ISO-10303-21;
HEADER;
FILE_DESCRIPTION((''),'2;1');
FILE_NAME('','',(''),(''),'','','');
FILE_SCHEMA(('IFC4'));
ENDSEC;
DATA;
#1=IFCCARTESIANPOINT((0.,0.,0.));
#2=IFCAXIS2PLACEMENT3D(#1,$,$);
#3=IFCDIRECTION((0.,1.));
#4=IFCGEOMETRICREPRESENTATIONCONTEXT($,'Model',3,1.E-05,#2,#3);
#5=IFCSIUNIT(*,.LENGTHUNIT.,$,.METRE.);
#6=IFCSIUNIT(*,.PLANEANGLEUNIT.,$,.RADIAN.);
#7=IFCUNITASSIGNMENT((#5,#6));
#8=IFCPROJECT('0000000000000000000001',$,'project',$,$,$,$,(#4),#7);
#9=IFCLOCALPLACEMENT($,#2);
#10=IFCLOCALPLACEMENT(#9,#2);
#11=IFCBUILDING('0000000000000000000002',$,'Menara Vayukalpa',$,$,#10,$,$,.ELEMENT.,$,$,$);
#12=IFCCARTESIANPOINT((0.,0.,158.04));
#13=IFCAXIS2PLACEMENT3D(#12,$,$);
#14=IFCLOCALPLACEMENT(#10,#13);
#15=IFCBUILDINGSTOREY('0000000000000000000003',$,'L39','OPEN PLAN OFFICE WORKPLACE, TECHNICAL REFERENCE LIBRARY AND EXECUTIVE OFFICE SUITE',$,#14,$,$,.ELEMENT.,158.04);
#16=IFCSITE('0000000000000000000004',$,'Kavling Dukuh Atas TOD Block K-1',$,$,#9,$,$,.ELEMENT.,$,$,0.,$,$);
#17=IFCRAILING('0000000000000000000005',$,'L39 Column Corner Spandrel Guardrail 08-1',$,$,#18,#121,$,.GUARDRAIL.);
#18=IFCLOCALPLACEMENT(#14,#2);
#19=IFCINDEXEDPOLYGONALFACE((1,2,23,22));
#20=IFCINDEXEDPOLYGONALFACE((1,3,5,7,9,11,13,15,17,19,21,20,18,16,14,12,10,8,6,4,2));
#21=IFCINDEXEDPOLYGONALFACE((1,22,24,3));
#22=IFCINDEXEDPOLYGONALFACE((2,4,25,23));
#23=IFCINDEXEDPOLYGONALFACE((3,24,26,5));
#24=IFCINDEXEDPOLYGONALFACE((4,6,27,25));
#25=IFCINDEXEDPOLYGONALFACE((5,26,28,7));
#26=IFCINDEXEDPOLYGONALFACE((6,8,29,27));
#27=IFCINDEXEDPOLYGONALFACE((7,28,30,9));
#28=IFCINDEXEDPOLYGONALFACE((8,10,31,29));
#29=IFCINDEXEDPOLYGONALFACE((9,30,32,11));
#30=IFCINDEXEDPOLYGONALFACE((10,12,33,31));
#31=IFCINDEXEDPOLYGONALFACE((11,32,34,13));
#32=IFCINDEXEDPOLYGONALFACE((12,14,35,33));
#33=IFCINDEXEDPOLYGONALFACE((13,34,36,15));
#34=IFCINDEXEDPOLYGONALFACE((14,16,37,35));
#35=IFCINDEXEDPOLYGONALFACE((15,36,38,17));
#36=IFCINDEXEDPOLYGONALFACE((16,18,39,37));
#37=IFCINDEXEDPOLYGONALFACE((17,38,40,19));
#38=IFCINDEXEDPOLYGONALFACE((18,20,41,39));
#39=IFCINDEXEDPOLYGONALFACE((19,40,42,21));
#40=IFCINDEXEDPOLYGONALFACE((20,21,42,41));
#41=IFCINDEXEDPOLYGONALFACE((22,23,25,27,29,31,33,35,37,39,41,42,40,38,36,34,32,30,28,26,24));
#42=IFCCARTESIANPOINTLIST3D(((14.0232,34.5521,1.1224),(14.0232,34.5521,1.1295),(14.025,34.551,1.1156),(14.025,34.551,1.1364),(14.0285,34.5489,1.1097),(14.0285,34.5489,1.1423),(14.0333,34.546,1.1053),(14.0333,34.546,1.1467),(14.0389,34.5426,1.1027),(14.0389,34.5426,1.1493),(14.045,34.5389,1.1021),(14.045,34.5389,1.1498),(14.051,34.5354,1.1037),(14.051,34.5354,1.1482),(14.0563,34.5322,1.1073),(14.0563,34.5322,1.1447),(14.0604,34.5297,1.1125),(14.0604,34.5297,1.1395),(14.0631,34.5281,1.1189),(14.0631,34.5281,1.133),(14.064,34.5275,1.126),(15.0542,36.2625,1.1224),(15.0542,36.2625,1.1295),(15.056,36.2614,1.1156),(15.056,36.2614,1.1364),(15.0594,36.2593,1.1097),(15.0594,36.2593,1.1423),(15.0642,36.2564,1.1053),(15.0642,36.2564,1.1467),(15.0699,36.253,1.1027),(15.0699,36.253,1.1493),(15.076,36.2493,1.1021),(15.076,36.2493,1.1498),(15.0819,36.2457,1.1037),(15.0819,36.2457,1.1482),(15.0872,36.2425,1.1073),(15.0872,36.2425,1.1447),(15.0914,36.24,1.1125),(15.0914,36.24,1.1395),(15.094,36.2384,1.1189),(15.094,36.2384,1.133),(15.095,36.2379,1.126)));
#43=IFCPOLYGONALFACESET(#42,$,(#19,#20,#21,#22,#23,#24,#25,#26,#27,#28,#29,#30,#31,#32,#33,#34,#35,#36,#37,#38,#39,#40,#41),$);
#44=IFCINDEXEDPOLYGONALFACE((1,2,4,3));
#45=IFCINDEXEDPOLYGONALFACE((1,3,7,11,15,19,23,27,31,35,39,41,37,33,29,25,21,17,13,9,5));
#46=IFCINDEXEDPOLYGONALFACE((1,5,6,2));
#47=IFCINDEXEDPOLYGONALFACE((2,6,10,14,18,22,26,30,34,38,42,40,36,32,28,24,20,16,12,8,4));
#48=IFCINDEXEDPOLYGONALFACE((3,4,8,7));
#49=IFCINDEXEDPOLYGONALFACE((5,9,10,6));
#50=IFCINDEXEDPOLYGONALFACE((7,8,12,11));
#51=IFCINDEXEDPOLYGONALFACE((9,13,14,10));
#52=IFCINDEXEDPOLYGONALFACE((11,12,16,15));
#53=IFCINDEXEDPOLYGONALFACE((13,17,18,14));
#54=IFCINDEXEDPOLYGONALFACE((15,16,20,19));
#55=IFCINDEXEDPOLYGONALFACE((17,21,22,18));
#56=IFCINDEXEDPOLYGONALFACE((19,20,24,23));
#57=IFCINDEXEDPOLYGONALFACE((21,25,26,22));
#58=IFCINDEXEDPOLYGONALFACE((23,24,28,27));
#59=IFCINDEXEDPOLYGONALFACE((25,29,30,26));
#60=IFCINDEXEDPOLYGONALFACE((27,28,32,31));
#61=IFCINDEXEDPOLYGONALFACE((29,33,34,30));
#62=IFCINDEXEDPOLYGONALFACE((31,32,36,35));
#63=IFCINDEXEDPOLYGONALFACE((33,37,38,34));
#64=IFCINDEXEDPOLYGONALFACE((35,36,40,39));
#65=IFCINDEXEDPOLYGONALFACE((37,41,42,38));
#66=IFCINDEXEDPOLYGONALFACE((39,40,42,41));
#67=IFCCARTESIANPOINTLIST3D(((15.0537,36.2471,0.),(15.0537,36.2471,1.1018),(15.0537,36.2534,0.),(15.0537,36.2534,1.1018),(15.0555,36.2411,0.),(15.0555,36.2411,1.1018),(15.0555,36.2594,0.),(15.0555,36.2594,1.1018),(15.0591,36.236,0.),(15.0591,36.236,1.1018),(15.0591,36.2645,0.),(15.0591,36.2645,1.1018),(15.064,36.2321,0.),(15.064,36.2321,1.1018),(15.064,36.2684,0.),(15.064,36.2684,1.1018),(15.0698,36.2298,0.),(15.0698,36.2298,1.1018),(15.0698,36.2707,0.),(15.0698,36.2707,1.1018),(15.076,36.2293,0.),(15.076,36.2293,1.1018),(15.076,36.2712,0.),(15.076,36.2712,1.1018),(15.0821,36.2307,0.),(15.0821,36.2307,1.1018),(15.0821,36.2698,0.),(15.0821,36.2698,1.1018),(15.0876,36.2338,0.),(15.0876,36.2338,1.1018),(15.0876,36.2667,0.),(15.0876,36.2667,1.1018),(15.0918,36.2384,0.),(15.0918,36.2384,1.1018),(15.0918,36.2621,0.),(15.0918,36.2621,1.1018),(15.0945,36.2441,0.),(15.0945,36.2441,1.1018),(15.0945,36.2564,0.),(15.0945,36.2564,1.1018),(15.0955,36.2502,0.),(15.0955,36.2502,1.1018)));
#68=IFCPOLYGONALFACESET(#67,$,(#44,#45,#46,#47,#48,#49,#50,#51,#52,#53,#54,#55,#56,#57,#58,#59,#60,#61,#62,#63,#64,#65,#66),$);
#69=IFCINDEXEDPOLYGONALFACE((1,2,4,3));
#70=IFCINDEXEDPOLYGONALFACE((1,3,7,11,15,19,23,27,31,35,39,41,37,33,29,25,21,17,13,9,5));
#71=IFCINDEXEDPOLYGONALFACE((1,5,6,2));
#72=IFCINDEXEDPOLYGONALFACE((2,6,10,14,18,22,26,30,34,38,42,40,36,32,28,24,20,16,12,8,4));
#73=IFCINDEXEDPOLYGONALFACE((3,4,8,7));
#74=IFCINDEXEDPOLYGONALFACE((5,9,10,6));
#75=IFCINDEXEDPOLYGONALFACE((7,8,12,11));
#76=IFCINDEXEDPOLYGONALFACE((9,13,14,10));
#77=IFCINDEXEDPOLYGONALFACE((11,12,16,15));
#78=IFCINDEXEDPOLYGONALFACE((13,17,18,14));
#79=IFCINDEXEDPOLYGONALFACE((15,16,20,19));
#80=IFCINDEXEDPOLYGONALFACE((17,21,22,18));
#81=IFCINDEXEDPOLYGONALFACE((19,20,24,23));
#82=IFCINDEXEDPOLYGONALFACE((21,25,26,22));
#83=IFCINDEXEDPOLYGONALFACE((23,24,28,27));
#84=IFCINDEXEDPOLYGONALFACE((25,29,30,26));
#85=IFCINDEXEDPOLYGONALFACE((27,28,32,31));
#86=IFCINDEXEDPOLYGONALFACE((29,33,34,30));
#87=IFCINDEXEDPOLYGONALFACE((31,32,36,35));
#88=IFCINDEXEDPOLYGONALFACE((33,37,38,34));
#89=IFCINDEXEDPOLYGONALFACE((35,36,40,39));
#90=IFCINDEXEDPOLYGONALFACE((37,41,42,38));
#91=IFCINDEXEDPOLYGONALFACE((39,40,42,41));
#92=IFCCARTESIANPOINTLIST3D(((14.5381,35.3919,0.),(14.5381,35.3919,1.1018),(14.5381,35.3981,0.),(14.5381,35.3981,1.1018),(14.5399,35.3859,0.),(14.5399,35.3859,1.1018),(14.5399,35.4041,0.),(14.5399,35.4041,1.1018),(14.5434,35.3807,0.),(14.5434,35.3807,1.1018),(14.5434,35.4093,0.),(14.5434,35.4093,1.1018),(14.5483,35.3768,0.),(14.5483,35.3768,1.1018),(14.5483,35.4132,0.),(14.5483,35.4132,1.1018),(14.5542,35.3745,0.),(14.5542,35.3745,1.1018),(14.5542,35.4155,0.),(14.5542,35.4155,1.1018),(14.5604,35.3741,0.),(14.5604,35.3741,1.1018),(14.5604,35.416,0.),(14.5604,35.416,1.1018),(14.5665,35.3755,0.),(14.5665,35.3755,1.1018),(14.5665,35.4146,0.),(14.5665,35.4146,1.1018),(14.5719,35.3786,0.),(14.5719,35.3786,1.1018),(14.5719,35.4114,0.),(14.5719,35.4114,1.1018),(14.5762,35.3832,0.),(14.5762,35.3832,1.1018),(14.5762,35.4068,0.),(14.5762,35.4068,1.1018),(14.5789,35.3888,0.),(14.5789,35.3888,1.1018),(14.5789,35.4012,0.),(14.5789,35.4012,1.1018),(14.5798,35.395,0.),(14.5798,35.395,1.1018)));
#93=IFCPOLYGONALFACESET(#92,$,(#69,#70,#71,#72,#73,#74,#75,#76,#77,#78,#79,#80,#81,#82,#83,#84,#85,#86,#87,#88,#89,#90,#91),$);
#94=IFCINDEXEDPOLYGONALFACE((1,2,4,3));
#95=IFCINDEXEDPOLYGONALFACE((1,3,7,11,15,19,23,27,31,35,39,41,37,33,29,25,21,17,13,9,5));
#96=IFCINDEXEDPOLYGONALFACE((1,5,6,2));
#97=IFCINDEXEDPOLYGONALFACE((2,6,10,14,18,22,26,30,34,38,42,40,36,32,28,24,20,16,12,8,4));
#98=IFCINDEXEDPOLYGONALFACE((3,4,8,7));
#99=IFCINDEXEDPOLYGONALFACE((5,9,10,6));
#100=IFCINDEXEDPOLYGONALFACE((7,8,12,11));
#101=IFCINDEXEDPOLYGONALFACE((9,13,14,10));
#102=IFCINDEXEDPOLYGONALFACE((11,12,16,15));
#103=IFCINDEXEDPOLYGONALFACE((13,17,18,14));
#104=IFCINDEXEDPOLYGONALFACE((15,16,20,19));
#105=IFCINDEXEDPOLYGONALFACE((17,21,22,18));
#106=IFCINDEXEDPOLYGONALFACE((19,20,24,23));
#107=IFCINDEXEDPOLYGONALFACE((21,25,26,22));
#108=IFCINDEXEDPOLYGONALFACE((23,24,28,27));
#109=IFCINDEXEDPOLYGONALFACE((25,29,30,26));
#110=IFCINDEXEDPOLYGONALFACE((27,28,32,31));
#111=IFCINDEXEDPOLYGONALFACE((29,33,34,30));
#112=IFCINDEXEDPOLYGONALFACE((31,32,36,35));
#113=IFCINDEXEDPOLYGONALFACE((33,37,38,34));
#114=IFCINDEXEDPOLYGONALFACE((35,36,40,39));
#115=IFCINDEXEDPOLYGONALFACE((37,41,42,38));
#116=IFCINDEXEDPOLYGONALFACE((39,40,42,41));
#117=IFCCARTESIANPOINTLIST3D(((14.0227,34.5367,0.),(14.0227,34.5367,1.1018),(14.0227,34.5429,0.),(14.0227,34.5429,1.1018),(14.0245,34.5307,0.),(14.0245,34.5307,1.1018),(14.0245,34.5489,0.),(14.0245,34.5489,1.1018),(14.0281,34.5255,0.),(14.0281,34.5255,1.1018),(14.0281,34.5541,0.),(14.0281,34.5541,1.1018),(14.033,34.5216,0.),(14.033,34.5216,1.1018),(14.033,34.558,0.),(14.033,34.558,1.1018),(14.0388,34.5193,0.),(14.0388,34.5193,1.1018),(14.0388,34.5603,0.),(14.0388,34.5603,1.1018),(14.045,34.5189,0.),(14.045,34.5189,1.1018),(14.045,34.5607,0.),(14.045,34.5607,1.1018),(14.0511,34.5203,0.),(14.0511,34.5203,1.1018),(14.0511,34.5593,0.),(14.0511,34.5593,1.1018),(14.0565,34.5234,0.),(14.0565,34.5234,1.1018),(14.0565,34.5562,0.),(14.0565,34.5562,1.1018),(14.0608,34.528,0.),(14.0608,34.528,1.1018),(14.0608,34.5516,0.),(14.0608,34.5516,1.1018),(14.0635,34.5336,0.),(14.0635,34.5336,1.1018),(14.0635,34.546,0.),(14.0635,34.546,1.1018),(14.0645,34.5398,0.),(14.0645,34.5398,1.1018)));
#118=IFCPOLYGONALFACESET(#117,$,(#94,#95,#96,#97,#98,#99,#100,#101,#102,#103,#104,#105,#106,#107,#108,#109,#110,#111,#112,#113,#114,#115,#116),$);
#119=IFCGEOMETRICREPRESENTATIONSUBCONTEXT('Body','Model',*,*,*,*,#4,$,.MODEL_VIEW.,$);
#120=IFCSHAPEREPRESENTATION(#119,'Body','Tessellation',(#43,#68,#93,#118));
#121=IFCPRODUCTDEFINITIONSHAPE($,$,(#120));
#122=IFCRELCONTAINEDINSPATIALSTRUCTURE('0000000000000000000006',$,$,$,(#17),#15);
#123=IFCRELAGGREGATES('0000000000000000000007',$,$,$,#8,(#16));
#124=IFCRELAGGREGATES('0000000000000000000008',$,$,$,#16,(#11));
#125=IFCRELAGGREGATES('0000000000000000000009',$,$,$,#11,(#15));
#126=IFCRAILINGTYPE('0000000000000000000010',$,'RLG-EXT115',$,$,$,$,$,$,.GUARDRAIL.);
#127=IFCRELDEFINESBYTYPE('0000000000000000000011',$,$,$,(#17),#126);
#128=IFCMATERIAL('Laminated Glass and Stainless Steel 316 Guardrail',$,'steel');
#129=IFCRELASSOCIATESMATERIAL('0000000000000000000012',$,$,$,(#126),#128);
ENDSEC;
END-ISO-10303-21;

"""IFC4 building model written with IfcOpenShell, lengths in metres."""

from ifc_helpers import new_model, si_unit, direction, frame, origin, origin_2d, place, context, subcontext, project, spatial, circle, extrude, material, type_object, element, save


model = new_model("IFC4")

# Units and contexts
model_context = context("Model", 3, precision=1e-05, world=origin(), true_north=direction((0.0, 1.0)))
body_context = subcontext(model_context, "Body", "Model", "MODEL_VIEW")
ifc_project = project(units=[si_unit("LENGTHUNIT", "METRE"), si_unit("PLANEANGLEUNIT", "RADIAN")], contexts=[model_context])

# Site, building, storey
site_placement = place(None, origin())
site = spatial("IfcSite", under=ifc_project, at=site_placement, Name="Kavling Dukuh Atas TOD Block K-1", CompositionType="ELEMENT", RefElevation=0.0)
building_placement = place(site_placement, origin())
building = spatial("IfcBuilding", under=site, at=building_placement, Name="Menara Vayukalpa", CompositionType="ELEMENT")
storey_placement = place(building_placement, frame((0.0, 0.0, 158.04)))
storey = spatial("IfcBuildingStorey", under=building, at=storey_placement, Name="L39", Description="OPEN PLAN OFFICE WORKPLACE, TECHNICAL REFERENCE LIBRARY AND EXECUTIVE OFFICE SUITE", CompositionType="ELEMENT", Elevation=158.04)

# Railing
ifc_material_1 = material(Name="Laminated Glass and Stainless Steel 316 Guardrail", Category="steel")
railing_type = type_object("IfcRailingType", Name="RLG-EXT115", PredefinedType="GUARDRAIL", material=ifc_material_1)
railing_1_placement = place(storey_placement, frame((15.0745, 36.2502, 0.0)))
element("IfcRailing", 1, at=railing_1_placement, inside=storey, type_object=railing_type, Name="L39 Column Corner Spandrel Guardrail 08-1", PredefinedType="GUARDRAIL", context=body_context, shape_type="SweptSolid", body=[
    extrude(circle(Radius=0.0239, at=origin_2d()), frame((0.0, 0.0, 1.126), z_axis=(-0.516238, -0.856445, 0.0), x_axis=(0.856445, -0.516238, 0.0)), (0.0, 0.0, 1.0), 1.9971),
    extrude(circle(Radius=0.021, at=origin_2d()), origin(), (0.0, 0.0, 1.0), 1.1018),
    extrude(circle(Radius=0.021, at=origin_2d()), frame((-0.5156, -0.8552, 0.0)), (0.0, 0.0, 1.0), 1.1018),
    extrude(circle(Radius=0.021, at=origin_2d()), frame((-1.031, -1.7104, 0.0)), (0.0, 0.0, 1.0), 1.1018),
])

save(model, "model.ifc")
